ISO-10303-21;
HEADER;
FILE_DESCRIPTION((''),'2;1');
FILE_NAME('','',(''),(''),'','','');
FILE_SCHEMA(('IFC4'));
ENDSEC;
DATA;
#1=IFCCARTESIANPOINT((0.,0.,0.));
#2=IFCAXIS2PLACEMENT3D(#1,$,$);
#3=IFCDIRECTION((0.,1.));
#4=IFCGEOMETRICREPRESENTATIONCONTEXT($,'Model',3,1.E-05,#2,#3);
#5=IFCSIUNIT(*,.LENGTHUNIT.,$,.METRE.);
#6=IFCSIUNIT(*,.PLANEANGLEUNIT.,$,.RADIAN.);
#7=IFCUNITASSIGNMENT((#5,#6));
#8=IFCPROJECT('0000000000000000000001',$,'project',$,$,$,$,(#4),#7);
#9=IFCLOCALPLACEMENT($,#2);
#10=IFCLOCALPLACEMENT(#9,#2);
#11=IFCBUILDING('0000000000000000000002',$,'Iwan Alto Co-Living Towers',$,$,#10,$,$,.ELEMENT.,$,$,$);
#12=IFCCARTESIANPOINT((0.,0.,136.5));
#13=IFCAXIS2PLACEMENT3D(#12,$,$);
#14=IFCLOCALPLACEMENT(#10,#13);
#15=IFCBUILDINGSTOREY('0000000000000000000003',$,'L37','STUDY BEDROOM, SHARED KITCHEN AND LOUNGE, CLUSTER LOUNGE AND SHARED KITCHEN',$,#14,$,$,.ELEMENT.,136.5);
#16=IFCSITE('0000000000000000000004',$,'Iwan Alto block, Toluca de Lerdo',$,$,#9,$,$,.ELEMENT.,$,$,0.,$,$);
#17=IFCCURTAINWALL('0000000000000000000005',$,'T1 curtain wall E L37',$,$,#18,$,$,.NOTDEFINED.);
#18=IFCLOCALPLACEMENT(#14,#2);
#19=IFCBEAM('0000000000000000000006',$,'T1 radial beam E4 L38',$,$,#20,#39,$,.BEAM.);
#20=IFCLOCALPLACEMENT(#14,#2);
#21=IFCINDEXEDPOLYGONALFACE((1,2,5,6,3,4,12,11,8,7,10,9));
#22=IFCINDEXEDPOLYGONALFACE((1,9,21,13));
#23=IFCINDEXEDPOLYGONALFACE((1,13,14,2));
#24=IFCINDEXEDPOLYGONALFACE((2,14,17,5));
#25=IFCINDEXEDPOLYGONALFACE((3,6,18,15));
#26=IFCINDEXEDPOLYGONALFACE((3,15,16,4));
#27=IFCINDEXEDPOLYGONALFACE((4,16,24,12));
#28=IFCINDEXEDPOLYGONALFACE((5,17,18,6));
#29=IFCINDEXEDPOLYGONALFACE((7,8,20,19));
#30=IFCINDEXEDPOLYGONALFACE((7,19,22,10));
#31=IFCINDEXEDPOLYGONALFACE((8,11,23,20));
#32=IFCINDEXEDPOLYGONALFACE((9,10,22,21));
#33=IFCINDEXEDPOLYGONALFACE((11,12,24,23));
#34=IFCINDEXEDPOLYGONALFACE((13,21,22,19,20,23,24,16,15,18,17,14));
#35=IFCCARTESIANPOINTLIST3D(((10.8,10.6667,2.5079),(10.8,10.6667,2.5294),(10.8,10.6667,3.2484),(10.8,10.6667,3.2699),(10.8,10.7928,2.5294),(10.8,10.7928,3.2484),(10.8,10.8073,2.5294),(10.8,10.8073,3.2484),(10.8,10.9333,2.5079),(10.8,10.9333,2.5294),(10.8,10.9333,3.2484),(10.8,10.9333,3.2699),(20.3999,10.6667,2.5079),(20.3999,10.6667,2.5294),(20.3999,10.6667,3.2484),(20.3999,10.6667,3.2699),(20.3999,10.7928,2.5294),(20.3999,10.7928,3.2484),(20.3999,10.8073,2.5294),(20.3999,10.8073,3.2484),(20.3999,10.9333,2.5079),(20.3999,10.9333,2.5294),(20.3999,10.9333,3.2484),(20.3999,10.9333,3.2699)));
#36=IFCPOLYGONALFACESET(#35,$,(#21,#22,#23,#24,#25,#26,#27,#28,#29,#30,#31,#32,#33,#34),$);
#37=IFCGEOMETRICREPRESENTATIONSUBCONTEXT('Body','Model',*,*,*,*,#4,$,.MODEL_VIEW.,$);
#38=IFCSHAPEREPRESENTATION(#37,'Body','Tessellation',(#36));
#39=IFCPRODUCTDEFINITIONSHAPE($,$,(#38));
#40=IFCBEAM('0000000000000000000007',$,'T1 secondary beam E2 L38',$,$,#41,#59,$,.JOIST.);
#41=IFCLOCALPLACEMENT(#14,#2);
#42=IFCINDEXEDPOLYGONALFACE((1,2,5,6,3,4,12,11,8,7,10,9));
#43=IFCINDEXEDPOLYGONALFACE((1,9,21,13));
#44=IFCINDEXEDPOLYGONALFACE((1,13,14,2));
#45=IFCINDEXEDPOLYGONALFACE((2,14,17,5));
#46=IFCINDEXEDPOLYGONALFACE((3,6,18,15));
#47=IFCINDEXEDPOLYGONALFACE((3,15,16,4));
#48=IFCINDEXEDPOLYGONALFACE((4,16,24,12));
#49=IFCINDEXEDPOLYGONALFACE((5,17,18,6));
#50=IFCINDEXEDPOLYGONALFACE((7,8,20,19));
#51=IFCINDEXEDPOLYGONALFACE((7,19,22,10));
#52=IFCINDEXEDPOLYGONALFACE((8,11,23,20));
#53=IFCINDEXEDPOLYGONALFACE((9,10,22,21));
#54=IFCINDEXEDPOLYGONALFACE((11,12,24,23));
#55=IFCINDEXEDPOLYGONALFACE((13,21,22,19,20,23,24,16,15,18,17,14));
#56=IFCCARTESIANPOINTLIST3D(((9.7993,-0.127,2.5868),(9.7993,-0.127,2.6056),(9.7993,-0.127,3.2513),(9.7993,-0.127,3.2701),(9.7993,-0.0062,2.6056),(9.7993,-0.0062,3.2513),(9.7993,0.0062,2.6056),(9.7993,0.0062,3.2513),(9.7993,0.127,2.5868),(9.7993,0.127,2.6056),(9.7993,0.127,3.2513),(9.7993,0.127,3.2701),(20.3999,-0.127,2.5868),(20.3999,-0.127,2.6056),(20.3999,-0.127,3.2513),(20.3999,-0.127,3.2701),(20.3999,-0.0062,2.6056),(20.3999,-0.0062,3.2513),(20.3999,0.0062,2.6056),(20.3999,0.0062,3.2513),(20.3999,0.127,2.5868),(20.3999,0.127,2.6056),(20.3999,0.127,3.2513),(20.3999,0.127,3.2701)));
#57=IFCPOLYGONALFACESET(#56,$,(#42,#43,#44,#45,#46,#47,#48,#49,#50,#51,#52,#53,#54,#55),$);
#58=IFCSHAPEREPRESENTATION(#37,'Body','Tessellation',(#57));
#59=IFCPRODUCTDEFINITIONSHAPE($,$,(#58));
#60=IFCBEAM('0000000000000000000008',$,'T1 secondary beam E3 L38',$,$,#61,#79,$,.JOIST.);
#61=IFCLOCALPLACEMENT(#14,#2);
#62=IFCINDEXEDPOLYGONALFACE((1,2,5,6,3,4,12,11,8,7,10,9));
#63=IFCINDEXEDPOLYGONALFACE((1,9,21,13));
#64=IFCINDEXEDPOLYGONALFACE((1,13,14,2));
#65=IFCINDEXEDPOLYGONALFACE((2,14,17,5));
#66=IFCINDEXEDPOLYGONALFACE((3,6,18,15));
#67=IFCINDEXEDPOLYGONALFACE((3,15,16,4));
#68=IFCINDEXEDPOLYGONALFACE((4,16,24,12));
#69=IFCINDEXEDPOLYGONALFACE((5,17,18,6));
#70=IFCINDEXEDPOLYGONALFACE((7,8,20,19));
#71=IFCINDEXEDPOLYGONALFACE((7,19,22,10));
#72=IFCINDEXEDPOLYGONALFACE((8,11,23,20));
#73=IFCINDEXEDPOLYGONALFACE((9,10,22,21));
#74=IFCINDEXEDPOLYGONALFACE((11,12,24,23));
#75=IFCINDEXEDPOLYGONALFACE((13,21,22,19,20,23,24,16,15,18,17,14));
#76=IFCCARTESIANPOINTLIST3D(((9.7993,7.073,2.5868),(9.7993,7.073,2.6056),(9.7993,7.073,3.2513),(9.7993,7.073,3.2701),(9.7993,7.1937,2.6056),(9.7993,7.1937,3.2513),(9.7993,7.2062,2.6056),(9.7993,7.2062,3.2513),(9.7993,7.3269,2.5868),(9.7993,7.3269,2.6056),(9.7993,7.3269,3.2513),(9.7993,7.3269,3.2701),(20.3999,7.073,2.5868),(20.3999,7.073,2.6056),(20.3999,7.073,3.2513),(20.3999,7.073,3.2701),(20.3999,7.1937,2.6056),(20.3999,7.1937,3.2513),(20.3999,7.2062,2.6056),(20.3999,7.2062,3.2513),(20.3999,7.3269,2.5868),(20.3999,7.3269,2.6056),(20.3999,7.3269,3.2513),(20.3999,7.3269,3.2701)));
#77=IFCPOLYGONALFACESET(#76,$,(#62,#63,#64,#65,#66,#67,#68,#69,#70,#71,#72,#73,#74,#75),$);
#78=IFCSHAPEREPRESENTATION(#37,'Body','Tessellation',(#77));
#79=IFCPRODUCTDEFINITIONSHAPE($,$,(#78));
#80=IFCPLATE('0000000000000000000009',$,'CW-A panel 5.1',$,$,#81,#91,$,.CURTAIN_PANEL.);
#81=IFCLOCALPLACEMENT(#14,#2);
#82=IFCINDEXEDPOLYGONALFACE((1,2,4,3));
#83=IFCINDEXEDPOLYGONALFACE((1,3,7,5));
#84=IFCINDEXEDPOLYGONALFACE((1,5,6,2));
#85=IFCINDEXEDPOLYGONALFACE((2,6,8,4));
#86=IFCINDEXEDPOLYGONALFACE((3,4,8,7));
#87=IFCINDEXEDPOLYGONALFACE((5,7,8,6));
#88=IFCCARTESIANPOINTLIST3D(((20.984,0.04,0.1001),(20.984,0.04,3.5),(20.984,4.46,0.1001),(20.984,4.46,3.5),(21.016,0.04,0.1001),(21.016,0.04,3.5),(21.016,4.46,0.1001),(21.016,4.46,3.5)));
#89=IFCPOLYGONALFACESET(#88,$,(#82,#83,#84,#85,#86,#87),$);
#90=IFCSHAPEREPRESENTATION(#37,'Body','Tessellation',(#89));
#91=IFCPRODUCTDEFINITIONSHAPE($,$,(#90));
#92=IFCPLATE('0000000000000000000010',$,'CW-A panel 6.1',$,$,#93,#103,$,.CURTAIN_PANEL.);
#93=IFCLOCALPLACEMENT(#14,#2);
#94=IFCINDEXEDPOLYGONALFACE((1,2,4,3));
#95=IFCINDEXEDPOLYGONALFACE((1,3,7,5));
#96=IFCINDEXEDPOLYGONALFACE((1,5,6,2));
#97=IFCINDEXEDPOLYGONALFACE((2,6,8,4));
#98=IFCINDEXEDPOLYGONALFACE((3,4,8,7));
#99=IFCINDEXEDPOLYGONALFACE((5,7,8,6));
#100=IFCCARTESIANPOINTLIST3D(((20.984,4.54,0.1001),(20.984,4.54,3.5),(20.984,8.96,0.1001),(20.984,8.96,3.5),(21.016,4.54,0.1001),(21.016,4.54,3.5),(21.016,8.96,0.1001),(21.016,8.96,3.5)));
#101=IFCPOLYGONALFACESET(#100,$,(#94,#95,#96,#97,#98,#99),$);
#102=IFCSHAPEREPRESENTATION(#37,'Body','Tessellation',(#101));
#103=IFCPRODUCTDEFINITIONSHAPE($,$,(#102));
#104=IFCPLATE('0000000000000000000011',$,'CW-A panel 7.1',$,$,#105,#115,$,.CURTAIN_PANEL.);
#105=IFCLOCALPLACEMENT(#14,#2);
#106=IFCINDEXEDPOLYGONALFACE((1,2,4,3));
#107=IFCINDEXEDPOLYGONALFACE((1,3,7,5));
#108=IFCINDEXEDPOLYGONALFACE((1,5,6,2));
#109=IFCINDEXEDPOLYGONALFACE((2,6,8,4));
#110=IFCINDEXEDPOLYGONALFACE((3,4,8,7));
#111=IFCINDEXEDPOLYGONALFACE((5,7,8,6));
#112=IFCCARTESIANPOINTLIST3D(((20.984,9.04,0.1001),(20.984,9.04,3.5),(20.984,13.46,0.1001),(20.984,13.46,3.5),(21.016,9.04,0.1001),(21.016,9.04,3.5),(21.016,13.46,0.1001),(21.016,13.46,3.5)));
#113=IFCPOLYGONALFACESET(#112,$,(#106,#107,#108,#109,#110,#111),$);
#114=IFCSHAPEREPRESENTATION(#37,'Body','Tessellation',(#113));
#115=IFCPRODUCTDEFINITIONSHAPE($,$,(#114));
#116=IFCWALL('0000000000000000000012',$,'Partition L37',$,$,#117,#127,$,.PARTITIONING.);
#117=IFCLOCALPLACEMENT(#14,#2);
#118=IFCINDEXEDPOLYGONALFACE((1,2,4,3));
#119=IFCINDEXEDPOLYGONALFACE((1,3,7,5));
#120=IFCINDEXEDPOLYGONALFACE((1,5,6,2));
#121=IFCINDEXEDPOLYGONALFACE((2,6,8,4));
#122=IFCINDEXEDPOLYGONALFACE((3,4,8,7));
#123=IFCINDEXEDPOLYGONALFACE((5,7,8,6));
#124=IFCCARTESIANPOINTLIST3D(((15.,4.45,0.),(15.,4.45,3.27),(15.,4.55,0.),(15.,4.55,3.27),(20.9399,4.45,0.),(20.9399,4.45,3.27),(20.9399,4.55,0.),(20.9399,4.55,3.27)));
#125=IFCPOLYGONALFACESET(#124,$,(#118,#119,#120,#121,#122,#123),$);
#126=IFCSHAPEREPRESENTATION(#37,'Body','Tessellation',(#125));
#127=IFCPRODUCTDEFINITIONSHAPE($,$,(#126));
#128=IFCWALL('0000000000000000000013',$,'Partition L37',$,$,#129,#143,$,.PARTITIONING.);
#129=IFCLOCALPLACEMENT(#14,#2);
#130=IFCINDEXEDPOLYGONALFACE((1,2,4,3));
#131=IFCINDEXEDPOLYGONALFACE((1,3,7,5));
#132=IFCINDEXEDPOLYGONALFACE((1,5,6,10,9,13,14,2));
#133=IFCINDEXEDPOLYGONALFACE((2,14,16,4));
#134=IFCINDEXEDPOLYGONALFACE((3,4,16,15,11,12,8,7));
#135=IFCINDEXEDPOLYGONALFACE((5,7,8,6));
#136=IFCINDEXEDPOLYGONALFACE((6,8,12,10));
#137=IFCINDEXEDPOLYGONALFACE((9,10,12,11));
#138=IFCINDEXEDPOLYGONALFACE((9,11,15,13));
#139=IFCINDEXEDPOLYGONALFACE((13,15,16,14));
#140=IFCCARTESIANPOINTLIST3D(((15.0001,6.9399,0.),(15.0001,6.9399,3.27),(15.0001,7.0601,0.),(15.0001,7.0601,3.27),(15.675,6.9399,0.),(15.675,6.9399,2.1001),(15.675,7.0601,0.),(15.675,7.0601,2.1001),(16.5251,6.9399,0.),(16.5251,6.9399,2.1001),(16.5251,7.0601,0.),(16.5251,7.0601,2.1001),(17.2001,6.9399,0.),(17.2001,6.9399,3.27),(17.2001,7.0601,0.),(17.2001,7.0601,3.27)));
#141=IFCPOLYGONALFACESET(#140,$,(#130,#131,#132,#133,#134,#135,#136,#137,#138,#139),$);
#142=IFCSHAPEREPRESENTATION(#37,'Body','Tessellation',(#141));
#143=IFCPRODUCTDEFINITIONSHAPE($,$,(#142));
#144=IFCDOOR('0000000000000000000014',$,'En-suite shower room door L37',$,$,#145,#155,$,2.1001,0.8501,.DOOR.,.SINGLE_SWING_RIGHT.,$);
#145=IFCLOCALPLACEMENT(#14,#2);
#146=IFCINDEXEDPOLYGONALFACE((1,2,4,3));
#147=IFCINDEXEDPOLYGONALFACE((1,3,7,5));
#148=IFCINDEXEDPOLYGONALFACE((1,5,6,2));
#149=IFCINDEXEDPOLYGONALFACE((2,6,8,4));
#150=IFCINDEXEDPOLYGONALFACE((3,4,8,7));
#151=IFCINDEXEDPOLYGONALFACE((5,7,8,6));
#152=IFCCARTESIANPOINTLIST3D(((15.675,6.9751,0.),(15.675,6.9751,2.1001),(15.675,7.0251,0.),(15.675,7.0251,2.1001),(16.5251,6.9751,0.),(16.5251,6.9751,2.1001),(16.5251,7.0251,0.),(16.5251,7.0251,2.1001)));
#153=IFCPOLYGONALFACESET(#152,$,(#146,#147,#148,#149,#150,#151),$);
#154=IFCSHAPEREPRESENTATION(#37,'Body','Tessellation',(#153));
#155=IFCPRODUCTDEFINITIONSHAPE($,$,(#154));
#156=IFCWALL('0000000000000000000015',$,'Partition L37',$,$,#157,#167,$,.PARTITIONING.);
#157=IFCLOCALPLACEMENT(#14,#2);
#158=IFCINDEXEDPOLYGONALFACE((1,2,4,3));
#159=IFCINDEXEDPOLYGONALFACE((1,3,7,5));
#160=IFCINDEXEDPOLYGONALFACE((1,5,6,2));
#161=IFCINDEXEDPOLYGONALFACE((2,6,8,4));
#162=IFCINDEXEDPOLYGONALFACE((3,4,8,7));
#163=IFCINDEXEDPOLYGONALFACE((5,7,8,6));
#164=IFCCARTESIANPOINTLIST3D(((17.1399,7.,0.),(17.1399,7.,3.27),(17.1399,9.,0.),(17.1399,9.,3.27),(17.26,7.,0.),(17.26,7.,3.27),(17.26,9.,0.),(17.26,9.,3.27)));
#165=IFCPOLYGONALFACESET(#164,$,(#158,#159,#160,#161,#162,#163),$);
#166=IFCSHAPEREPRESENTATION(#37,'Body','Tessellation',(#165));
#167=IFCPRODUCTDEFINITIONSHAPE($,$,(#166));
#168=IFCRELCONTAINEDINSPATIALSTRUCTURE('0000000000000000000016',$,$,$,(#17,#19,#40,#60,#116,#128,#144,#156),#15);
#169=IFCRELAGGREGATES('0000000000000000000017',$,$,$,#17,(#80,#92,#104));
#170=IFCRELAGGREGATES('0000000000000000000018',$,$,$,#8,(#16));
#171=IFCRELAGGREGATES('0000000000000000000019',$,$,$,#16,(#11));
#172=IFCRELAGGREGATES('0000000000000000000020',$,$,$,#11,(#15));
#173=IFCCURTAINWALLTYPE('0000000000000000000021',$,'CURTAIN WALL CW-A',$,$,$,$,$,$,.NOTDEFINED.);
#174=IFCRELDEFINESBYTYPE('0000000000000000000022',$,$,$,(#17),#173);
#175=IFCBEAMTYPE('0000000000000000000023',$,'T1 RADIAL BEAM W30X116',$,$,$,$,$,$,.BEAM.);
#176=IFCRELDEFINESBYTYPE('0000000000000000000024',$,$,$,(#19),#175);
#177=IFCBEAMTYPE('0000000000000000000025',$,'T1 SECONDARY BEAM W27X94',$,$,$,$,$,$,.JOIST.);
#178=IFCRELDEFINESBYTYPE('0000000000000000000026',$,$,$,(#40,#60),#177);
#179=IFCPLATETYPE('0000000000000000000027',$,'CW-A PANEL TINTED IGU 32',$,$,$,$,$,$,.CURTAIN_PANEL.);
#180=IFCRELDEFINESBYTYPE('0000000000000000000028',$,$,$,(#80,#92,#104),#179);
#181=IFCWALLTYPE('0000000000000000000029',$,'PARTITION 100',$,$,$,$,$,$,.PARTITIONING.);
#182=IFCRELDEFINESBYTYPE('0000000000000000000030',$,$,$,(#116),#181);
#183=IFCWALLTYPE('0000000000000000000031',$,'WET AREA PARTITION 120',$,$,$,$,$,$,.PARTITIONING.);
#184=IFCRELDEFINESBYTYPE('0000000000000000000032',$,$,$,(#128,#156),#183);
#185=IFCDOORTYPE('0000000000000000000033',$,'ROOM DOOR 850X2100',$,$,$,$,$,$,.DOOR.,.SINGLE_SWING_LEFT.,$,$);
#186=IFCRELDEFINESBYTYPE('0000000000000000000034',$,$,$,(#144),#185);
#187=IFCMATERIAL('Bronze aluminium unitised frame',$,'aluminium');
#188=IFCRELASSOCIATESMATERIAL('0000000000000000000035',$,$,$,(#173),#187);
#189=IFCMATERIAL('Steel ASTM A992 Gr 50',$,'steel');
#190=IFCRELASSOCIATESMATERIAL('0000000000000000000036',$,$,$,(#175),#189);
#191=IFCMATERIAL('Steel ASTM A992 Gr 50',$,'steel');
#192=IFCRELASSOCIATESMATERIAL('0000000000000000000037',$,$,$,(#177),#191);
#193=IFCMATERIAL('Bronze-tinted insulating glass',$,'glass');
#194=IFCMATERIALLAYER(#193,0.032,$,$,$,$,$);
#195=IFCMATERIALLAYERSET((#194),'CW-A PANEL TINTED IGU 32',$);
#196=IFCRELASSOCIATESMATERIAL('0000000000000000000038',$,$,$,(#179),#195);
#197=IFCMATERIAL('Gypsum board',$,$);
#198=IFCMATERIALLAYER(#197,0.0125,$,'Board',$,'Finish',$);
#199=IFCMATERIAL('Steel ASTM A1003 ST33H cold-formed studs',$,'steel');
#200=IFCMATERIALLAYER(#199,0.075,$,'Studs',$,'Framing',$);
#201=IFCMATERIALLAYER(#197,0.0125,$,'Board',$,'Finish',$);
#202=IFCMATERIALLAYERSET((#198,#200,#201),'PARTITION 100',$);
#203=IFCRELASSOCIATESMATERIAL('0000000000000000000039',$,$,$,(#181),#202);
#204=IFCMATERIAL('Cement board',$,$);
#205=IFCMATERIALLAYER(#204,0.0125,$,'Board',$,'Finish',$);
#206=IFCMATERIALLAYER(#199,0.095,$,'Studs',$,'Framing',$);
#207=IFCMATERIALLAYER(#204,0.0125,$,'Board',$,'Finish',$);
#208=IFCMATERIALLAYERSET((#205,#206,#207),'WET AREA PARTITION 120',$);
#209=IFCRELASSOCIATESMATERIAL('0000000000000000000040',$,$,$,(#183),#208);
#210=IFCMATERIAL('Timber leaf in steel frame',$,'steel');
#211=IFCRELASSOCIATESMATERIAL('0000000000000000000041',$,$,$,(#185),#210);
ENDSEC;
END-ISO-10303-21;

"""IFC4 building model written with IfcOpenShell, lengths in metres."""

from ifc_helpers import new_model, si_unit, direction, frame, frame_2d, origin, origin_2d, place, context, subcontext, project, spatial, rectangle, i_section, extrude, material, layer, layer_set, material_profile, profile_set, type_object, element, fill, aggregate, save


model = new_model("IFC4")

# Units and contexts
model_context = context("Model", 3, precision=1e-05, world=origin(), true_north=direction((0.0, 1.0)))
body_context = subcontext(model_context, "Body", "Model", "MODEL_VIEW")
ifc_project = project(units=[si_unit("LENGTHUNIT", "METRE"), si_unit("PLANEANGLEUNIT", "RADIAN")], contexts=[model_context])

# Site, building, storey
site_placement = place(None, origin())
site = spatial("IfcSite", under=ifc_project, at=site_placement, Name="Iwan Alto block, Toluca de Lerdo", CompositionType="ELEMENT", RefElevation=0.0)
building_placement = place(site_placement, origin())
building = spatial("IfcBuilding", under=site, at=building_placement, Name="Iwan Alto Co-Living Towers", CompositionType="ELEMENT")
storey_placement = place(building_placement, frame((0.0, 0.0, 136.5)))
storey = spatial("IfcBuildingStorey", under=building, at=storey_placement, Name="L37", Description="STUDY BEDROOM, SHARED KITCHEN AND LOUNGE, CLUSTER LOUNGE AND SHARED KITCHEN", CompositionType="ELEMENT", Elevation=136.5)

# Curtain wall
ifc_material_1 = material(Name="Bronze aluminium unitised frame", Category="aluminium")
curtain_wall_type = type_object("IfcCurtainWallType", Name="CURTAIN WALL CW-A", PredefinedType="NOTDEFINED", material=ifc_material_1)
curtain_wall_placement = place(storey_placement, origin())
curtain_wall = element("IfcCurtainWall", 1, at=curtain_wall_placement, inside=storey, type_object=curtain_wall_type, Name="T1 curtain wall E L37", PredefinedType="NOTDEFINED")

# Beams
ifc_material_2 = material(Name="Steel ASTM A992 Gr 50", Category="steel")
ifc_material_profile_1 = material_profile(ifc_material_2, i_section(OverallWidth=0.2666, OverallDepth=0.762, WebThickness=0.0144, FlangeThickness=0.0215, at=origin_2d()), Name="W30X116")
ifc_profile_set_1 = profile_set([ifc_material_profile_1], Name="Steel ASTM A992 Gr 50")
beam_type_1 = type_object("IfcBeamType", Name="T1 RADIAL BEAM W30X116", PredefinedType="BEAM", material=ifc_profile_set_1)
beam_1_placement = place(storey_placement, frame((20.3999, 10.8, 2.8889), z_axis=(-1.0, 0.0, 0.0), x_axis=(0.0, -1.0, 0.0)))
element("IfcBeam", 2, at=beam_1_placement, inside=storey, type_object=beam_type_1, Name="T1 radial beam E4 L38", PredefinedType="BEAM", context=body_context, shape_type="SweptSolid", body=[
    extrude(i_section(OverallWidth=0.2666, OverallDepth=0.762, WebThickness=0.0144, FlangeThickness=0.0215, at=origin_2d()), origin(), (0.0, 0.0, 1.0), 9.5999),
])
ifc_material_3 = material(Name="Steel ASTM A992 Gr 50", Category="steel")
ifc_material_profile_2 = material_profile(ifc_material_3, i_section(OverallWidth=0.2539, OverallDepth=0.6833, WebThickness=0.0125, FlangeThickness=0.0188, at=origin_2d()), Name="W27X94")
ifc_profile_set_2 = profile_set([ifc_material_profile_2], Name="Steel ASTM A992 Gr 50")
beam_type_2 = type_object("IfcBeamType", Name="T1 SECONDARY BEAM W27X94", PredefinedType="JOIST", material=ifc_profile_set_2)
for number, where, z_axis, x_axis, name in (
    (3, (20.3999, 0.0, 2.9285), (-1.0, 0.0, 0.0), (0.0, -1.0, 0.0), "T1 secondary beam E2 L38"),
    (4, (20.3999, 7.2, 2.9285), (-1.0, 0.0, 0.0), (0.0, -1.0, 0.0), "T1 secondary beam E3 L38"),
):
    element("IfcBeam", number, at=place(storey_placement, frame(where, z_axis=z_axis, x_axis=x_axis)), inside=storey, type_object=beam_type_2, Name=name, PredefinedType="JOIST", context=body_context, shape_type="SweptSolid", body=[
        extrude(i_section(OverallWidth=0.2539, OverallDepth=0.6833, WebThickness=0.0125, FlangeThickness=0.0188, at=origin_2d()), origin(), (0.0, 0.0, 1.0), 10.6006),
    ])

# Plates
ifc_material_4 = material(Name="Bronze-tinted insulating glass", Category="glass")
ifc_layer_1 = layer(ifc_material_4, 0.032)
ifc_layer_set_1 = layer_set([ifc_layer_1], Name="CW-A PANEL TINTED IGU 32")
plate_type = type_object("IfcPlateType", Name="CW-A PANEL TINTED IGU 32", PredefinedType="CURTAIN_PANEL", material=ifc_layer_set_1)
plate_1_placement = place(storey_placement, frame((21.0, 2.25, 0.1001), z_axis=(0.0, 0.0, 1.0), x_axis=(0.0, 1.0, 0.0)))
plate_1 = element("IfcPlate", 5, at=plate_1_placement, type_object=plate_type, Name="CW-A panel 5.1", PredefinedType="CURTAIN_PANEL", context=body_context, shape_type="SweptSolid", body=[
    extrude(rectangle(XDim=4.4199, YDim=0.032, at=origin_2d()), origin(), (0.0, 0.0, 1.0), 3.3999),
])
plate_2_placement = place(storey_placement, frame((21.0, 6.75, 0.1001), z_axis=(0.0, 0.0, 1.0), x_axis=(0.0, 1.0, 0.0)))
plate_2 = element("IfcPlate", 6, at=plate_2_placement, type_object=plate_type, Name="CW-A panel 6.1", PredefinedType="CURTAIN_PANEL", context=body_context, shape_type="SweptSolid", body=[
    extrude(rectangle(XDim=4.4199, YDim=0.032, at=origin_2d()), origin(), (0.0, 0.0, 1.0), 3.3999),
])
plate_3_placement = place(storey_placement, frame((21.0, 11.25, 0.1001), z_axis=(0.0, 0.0, 1.0), x_axis=(0.0, 1.0, 0.0)))
plate_3 = element("IfcPlate", 7, at=plate_3_placement, type_object=plate_type, Name="CW-A panel 7.1", PredefinedType="CURTAIN_PANEL", context=body_context, shape_type="SweptSolid", body=[
    extrude(rectangle(XDim=4.4199, YDim=0.032, at=origin_2d()), origin(), (0.0, 0.0, 1.0), 3.3999),
])
aggregate(curtain_wall, [plate_1, plate_2, plate_3])

# Wall
ifc_material_5 = material(Name="Gypsum board")
ifc_layer_2 = layer(ifc_material_5, 0.0125, Name="Board", Category="Finish")
ifc_material_6 = material(Name="Steel ASTM A1003 ST33H cold-formed studs", Category="steel")
ifc_layer_3 = layer(ifc_material_6, 0.075, Name="Studs", Category="Framing")
ifc_layer_4 = layer(ifc_material_5, 0.0125, Name="Board", Category="Finish")
ifc_layer_set_2 = layer_set([ifc_layer_2, ifc_layer_3, ifc_layer_4], Name="PARTITION 100")
wall_type_1 = type_object("IfcWallType", Name="PARTITION 100", PredefinedType="PARTITIONING", material=ifc_layer_set_2)
wall_1_placement = place(storey_placement, frame((15.0, 4.5, 0.0), z_axis=(0.0, 0.0, 1.0), x_axis=(1.0, 0.0, 0.0)))
element("IfcWall", 8, at=wall_1_placement, inside=storey, type_object=wall_type_1, Name="Partition L37", PredefinedType="PARTITIONING", context=body_context, shape_type="SweptSolid", body=[
    extrude(rectangle(XDim=5.9399, YDim=0.1001, at=frame_2d((2.97, 0.0))), origin(), (0.0, 0.0, 1.0), 3.27),
])

# Wall, opening, door
ifc_material_7 = material(Name="Cement board")
ifc_layer_5 = layer(ifc_material_7, 0.0125, Name="Board", Category="Finish")
ifc_layer_6 = layer(ifc_material_6, 0.095, Name="Studs", Category="Framing")
ifc_layer_7 = layer(ifc_material_7, 0.0125, Name="Board", Category="Finish")
ifc_layer_set_3 = layer_set([ifc_layer_5, ifc_layer_6, ifc_layer_7], Name="WET AREA PARTITION 120")
wall_type_2 = type_object("IfcWallType", Name="WET AREA PARTITION 120", PredefinedType="PARTITIONING", material=ifc_layer_set_3)
wall_2_placement = place(storey_placement, frame((15.0, 7.0, 0.0), z_axis=(0.0, 0.0, 1.0), x_axis=(1.0, 0.0, 0.0)))
wall_2 = element("IfcWall", 9, at=wall_2_placement, inside=storey, type_object=wall_type_2, Name="Partition L37", PredefinedType="PARTITIONING", context=body_context, shape_type="SweptSolid", body=[
    extrude(rectangle(XDim=2.2, YDim=0.1201, at=frame_2d((1.1001, 0.0))), origin(), (0.0, 0.0, 1.0), 3.27),
])
opening_placement = place(wall_2_placement, frame((0.675, 0.0, 0.0)))
opening = element("IfcOpeningElement", 10, at=opening_placement, cuts=wall_2, PredefinedType="OPENING", context=body_context, shape_type="SweptSolid", body=[
    extrude(rectangle(XDim=0.8501, YDim=2.1001, at=frame_2d((0.425, 1.05))), frame((0.0, 0.0701, 0.0), z_axis=(0.0, -1.0, 0.0), x_axis=(1.0, 0.0, 0.0)), (0.0, 0.0, 1.0), 0.1401),
])
ifc_material_8 = material(Name="Timber leaf in steel frame", Category="steel")
door_type = type_object("IfcDoorType", Name="ROOM DOOR 850X2100", OperationType="SINGLE_SWING_LEFT", PredefinedType="DOOR", material=ifc_material_8)
door_placement = place(opening_placement, frame((0.8501, 0.0, 0.0), z_axis=(0.0, 0.0, 1.0), x_axis=(-1.0, 0.0, 0.0)))
door = element("IfcDoor", 11, at=door_placement, inside=storey, type_object=door_type, Name="En-suite shower room door L37", OperationType="SINGLE_SWING_RIGHT", OverallHeight=2.1001, OverallWidth=0.8501, PredefinedType="DOOR", context=body_context, shape_type="SweptSolid", body=[
    extrude(rectangle(XDim=0.8501, YDim=2.1001, at=frame_2d((0.425, 1.05))), frame((0.0, 0.0249, 0.0), z_axis=(0.0, -1.0, 0.0), x_axis=(1.0, 0.0, 0.0)), (0.0, 0.0, 1.0), 0.05),
])
fill(opening, door)

# Wall
wall_3_placement = place(storey_placement, frame((17.2, 7.0, 0.0), z_axis=(0.0, 0.0, 1.0), x_axis=(0.0, 1.0, 0.0)))
element("IfcWall", 12, at=wall_3_placement, inside=storey, type_object=wall_type_2, Name="Partition L37", PredefinedType="PARTITIONING", context=body_context, shape_type="SweptSolid", body=[
    extrude(rectangle(XDim=2.0, YDim=0.1201, at=frame_2d((1.0, 0.0))), origin(), (0.0, 0.0, 1.0), 3.27),
])

save(model, "model.ifc")
